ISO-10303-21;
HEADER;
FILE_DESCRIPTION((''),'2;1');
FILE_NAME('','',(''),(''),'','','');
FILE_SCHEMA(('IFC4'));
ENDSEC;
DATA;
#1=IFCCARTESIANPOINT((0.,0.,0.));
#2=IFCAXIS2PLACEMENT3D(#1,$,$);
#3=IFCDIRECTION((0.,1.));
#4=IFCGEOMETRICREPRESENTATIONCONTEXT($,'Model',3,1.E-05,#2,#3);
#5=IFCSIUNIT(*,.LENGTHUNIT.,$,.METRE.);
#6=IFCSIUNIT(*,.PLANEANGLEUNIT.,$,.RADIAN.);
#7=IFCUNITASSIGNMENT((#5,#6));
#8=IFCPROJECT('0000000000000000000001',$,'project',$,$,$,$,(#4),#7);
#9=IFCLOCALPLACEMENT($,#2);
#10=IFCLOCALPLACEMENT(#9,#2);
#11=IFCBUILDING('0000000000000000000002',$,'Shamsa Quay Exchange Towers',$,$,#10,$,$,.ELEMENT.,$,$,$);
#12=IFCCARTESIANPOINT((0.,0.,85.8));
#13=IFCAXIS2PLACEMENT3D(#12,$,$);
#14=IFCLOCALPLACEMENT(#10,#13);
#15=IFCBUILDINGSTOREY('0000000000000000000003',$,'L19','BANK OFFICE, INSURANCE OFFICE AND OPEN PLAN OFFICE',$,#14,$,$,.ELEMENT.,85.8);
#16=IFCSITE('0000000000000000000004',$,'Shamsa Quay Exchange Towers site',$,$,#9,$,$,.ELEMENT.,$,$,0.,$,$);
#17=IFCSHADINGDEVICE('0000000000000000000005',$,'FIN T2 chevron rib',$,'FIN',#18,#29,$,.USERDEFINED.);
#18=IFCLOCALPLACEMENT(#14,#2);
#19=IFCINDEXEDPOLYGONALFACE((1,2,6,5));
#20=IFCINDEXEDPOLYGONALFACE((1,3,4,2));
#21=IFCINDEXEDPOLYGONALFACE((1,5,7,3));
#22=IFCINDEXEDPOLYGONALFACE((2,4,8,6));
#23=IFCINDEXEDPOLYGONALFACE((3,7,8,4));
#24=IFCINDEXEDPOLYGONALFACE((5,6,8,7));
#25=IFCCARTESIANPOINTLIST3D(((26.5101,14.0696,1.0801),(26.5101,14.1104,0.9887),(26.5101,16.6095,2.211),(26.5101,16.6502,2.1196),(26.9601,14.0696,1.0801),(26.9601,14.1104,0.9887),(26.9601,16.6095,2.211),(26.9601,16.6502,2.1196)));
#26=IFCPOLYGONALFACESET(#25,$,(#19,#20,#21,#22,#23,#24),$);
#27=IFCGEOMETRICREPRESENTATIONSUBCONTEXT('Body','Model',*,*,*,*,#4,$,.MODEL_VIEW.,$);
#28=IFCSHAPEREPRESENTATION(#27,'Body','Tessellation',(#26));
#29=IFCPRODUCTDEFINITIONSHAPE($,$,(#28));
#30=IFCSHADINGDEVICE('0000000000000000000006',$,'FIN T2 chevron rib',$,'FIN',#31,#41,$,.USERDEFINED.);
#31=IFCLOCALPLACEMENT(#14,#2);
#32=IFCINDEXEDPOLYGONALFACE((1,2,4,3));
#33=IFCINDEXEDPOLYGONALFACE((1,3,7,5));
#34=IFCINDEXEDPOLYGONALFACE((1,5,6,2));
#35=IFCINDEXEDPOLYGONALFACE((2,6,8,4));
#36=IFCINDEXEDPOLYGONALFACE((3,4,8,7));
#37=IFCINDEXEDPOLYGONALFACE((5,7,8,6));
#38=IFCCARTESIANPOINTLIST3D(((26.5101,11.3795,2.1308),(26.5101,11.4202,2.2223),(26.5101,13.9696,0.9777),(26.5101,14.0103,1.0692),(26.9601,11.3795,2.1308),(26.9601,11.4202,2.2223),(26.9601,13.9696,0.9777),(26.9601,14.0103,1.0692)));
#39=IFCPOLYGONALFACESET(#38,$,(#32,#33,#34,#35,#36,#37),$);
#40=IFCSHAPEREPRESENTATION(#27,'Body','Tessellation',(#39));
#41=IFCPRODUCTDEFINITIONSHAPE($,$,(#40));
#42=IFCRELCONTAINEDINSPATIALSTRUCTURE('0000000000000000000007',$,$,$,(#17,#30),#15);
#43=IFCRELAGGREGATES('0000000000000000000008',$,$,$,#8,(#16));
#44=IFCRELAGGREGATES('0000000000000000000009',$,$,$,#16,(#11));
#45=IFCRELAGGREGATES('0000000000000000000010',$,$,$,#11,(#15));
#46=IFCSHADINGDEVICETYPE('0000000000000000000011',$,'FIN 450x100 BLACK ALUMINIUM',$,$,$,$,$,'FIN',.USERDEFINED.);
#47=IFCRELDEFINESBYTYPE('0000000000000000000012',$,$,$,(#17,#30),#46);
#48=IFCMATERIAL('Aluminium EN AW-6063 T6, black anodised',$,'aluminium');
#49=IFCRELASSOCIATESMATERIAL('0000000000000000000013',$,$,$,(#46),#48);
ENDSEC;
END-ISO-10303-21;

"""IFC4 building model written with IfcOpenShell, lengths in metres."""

from ifc_helpers import new_model, si_unit, direction, frame, origin, origin_2d, place, context, subcontext, project, spatial, rectangle, extrude, material, material_profile, profile_set, type_object, element, save


model = new_model("IFC4")

# Units and contexts
model_context = context("Model", 3, precision=1e-05, world=origin(), true_north=direction((0.0, 1.0)))
body_context = subcontext(model_context, "Body", "Model", "MODEL_VIEW")
ifc_project = project(units=[si_unit("LENGTHUNIT", "METRE"), si_unit("PLANEANGLEUNIT", "RADIAN")], contexts=[model_context])

# Site, building, storey
site_placement = place(None, origin())
site = spatial("IfcSite", under=ifc_project, at=site_placement, Name="Shamsa Quay Exchange Towers site", CompositionType="ELEMENT", RefElevation=0.0)
building_placement = place(site_placement, origin())
building = spatial("IfcBuilding", under=site, at=building_placement, Name="Shamsa Quay Exchange Towers", CompositionType="ELEMENT")
storey_placement = place(building_placement, frame((0.0, 0.0, 85.8)))
storey = spatial("IfcBuildingStorey", under=building, at=storey_placement, Name="L19", Description="BANK OFFICE, INSURANCE OFFICE AND OPEN PLAN OFFICE", CompositionType="ELEMENT", Elevation=85.8)

# Shared definitions
ifc_material_1 = material(Name="Aluminium EN AW-6063 T6, black anodised", Category="aluminium")

# Shading devices
ifc_material_profile_1 = material_profile(ifc_material_1, rectangle(XDim=0.45, YDim=0.1001, at=origin_2d()), Name="FIN450x100")
ifc_profile_set_1 = profile_set([ifc_material_profile_1], Name="Aluminium EN AW-6063 T6, black anodised")
shading_device_type = type_object("IfcShadingDeviceType", Name="FIN 450x100 BLACK ALUMINIUM", ElementType="FIN", PredefinedType="USERDEFINED", material=ifc_profile_set_1)
shading_device_1_placement = place(storey_placement, frame((26.7351, 16.6299, 2.1653), z_axis=(0.0, -0.913536, -0.406758), x_axis=(1.0, 0.0, 0.0)))
element("IfcShadingDevice", 1, at=shading_device_1_placement, inside=storey, type_object=shading_device_type, Name="FIN T2 chevron rib", ObjectType="FIN", PredefinedType="USERDEFINED", context=body_context, shape_type="SweptSolid", body=[
    extrude(rectangle(XDim=0.45, YDim=0.1001, at=origin_2d()), origin(), (0.0, 0.0, 1.0), 2.7803),
])
shading_device_2_placement = place(storey_placement, frame((26.7351, 13.99, 1.0234), z_axis=(0.0, -0.913559, 0.406706), x_axis=(1.0, 0.0, 0.0)))
element("IfcShadingDevice", 2, at=shading_device_2_placement, inside=storey, type_object=shading_device_type, Name="FIN T2 chevron rib", ObjectType="FIN", PredefinedType="USERDEFINED", context=body_context, shape_type="SweptSolid", body=[
    extrude(rectangle(XDim=0.45, YDim=0.1001, at=origin_2d()), origin(), (0.0, 0.0, 1.0), 2.8352),
])

save(model, "model.ifc")
